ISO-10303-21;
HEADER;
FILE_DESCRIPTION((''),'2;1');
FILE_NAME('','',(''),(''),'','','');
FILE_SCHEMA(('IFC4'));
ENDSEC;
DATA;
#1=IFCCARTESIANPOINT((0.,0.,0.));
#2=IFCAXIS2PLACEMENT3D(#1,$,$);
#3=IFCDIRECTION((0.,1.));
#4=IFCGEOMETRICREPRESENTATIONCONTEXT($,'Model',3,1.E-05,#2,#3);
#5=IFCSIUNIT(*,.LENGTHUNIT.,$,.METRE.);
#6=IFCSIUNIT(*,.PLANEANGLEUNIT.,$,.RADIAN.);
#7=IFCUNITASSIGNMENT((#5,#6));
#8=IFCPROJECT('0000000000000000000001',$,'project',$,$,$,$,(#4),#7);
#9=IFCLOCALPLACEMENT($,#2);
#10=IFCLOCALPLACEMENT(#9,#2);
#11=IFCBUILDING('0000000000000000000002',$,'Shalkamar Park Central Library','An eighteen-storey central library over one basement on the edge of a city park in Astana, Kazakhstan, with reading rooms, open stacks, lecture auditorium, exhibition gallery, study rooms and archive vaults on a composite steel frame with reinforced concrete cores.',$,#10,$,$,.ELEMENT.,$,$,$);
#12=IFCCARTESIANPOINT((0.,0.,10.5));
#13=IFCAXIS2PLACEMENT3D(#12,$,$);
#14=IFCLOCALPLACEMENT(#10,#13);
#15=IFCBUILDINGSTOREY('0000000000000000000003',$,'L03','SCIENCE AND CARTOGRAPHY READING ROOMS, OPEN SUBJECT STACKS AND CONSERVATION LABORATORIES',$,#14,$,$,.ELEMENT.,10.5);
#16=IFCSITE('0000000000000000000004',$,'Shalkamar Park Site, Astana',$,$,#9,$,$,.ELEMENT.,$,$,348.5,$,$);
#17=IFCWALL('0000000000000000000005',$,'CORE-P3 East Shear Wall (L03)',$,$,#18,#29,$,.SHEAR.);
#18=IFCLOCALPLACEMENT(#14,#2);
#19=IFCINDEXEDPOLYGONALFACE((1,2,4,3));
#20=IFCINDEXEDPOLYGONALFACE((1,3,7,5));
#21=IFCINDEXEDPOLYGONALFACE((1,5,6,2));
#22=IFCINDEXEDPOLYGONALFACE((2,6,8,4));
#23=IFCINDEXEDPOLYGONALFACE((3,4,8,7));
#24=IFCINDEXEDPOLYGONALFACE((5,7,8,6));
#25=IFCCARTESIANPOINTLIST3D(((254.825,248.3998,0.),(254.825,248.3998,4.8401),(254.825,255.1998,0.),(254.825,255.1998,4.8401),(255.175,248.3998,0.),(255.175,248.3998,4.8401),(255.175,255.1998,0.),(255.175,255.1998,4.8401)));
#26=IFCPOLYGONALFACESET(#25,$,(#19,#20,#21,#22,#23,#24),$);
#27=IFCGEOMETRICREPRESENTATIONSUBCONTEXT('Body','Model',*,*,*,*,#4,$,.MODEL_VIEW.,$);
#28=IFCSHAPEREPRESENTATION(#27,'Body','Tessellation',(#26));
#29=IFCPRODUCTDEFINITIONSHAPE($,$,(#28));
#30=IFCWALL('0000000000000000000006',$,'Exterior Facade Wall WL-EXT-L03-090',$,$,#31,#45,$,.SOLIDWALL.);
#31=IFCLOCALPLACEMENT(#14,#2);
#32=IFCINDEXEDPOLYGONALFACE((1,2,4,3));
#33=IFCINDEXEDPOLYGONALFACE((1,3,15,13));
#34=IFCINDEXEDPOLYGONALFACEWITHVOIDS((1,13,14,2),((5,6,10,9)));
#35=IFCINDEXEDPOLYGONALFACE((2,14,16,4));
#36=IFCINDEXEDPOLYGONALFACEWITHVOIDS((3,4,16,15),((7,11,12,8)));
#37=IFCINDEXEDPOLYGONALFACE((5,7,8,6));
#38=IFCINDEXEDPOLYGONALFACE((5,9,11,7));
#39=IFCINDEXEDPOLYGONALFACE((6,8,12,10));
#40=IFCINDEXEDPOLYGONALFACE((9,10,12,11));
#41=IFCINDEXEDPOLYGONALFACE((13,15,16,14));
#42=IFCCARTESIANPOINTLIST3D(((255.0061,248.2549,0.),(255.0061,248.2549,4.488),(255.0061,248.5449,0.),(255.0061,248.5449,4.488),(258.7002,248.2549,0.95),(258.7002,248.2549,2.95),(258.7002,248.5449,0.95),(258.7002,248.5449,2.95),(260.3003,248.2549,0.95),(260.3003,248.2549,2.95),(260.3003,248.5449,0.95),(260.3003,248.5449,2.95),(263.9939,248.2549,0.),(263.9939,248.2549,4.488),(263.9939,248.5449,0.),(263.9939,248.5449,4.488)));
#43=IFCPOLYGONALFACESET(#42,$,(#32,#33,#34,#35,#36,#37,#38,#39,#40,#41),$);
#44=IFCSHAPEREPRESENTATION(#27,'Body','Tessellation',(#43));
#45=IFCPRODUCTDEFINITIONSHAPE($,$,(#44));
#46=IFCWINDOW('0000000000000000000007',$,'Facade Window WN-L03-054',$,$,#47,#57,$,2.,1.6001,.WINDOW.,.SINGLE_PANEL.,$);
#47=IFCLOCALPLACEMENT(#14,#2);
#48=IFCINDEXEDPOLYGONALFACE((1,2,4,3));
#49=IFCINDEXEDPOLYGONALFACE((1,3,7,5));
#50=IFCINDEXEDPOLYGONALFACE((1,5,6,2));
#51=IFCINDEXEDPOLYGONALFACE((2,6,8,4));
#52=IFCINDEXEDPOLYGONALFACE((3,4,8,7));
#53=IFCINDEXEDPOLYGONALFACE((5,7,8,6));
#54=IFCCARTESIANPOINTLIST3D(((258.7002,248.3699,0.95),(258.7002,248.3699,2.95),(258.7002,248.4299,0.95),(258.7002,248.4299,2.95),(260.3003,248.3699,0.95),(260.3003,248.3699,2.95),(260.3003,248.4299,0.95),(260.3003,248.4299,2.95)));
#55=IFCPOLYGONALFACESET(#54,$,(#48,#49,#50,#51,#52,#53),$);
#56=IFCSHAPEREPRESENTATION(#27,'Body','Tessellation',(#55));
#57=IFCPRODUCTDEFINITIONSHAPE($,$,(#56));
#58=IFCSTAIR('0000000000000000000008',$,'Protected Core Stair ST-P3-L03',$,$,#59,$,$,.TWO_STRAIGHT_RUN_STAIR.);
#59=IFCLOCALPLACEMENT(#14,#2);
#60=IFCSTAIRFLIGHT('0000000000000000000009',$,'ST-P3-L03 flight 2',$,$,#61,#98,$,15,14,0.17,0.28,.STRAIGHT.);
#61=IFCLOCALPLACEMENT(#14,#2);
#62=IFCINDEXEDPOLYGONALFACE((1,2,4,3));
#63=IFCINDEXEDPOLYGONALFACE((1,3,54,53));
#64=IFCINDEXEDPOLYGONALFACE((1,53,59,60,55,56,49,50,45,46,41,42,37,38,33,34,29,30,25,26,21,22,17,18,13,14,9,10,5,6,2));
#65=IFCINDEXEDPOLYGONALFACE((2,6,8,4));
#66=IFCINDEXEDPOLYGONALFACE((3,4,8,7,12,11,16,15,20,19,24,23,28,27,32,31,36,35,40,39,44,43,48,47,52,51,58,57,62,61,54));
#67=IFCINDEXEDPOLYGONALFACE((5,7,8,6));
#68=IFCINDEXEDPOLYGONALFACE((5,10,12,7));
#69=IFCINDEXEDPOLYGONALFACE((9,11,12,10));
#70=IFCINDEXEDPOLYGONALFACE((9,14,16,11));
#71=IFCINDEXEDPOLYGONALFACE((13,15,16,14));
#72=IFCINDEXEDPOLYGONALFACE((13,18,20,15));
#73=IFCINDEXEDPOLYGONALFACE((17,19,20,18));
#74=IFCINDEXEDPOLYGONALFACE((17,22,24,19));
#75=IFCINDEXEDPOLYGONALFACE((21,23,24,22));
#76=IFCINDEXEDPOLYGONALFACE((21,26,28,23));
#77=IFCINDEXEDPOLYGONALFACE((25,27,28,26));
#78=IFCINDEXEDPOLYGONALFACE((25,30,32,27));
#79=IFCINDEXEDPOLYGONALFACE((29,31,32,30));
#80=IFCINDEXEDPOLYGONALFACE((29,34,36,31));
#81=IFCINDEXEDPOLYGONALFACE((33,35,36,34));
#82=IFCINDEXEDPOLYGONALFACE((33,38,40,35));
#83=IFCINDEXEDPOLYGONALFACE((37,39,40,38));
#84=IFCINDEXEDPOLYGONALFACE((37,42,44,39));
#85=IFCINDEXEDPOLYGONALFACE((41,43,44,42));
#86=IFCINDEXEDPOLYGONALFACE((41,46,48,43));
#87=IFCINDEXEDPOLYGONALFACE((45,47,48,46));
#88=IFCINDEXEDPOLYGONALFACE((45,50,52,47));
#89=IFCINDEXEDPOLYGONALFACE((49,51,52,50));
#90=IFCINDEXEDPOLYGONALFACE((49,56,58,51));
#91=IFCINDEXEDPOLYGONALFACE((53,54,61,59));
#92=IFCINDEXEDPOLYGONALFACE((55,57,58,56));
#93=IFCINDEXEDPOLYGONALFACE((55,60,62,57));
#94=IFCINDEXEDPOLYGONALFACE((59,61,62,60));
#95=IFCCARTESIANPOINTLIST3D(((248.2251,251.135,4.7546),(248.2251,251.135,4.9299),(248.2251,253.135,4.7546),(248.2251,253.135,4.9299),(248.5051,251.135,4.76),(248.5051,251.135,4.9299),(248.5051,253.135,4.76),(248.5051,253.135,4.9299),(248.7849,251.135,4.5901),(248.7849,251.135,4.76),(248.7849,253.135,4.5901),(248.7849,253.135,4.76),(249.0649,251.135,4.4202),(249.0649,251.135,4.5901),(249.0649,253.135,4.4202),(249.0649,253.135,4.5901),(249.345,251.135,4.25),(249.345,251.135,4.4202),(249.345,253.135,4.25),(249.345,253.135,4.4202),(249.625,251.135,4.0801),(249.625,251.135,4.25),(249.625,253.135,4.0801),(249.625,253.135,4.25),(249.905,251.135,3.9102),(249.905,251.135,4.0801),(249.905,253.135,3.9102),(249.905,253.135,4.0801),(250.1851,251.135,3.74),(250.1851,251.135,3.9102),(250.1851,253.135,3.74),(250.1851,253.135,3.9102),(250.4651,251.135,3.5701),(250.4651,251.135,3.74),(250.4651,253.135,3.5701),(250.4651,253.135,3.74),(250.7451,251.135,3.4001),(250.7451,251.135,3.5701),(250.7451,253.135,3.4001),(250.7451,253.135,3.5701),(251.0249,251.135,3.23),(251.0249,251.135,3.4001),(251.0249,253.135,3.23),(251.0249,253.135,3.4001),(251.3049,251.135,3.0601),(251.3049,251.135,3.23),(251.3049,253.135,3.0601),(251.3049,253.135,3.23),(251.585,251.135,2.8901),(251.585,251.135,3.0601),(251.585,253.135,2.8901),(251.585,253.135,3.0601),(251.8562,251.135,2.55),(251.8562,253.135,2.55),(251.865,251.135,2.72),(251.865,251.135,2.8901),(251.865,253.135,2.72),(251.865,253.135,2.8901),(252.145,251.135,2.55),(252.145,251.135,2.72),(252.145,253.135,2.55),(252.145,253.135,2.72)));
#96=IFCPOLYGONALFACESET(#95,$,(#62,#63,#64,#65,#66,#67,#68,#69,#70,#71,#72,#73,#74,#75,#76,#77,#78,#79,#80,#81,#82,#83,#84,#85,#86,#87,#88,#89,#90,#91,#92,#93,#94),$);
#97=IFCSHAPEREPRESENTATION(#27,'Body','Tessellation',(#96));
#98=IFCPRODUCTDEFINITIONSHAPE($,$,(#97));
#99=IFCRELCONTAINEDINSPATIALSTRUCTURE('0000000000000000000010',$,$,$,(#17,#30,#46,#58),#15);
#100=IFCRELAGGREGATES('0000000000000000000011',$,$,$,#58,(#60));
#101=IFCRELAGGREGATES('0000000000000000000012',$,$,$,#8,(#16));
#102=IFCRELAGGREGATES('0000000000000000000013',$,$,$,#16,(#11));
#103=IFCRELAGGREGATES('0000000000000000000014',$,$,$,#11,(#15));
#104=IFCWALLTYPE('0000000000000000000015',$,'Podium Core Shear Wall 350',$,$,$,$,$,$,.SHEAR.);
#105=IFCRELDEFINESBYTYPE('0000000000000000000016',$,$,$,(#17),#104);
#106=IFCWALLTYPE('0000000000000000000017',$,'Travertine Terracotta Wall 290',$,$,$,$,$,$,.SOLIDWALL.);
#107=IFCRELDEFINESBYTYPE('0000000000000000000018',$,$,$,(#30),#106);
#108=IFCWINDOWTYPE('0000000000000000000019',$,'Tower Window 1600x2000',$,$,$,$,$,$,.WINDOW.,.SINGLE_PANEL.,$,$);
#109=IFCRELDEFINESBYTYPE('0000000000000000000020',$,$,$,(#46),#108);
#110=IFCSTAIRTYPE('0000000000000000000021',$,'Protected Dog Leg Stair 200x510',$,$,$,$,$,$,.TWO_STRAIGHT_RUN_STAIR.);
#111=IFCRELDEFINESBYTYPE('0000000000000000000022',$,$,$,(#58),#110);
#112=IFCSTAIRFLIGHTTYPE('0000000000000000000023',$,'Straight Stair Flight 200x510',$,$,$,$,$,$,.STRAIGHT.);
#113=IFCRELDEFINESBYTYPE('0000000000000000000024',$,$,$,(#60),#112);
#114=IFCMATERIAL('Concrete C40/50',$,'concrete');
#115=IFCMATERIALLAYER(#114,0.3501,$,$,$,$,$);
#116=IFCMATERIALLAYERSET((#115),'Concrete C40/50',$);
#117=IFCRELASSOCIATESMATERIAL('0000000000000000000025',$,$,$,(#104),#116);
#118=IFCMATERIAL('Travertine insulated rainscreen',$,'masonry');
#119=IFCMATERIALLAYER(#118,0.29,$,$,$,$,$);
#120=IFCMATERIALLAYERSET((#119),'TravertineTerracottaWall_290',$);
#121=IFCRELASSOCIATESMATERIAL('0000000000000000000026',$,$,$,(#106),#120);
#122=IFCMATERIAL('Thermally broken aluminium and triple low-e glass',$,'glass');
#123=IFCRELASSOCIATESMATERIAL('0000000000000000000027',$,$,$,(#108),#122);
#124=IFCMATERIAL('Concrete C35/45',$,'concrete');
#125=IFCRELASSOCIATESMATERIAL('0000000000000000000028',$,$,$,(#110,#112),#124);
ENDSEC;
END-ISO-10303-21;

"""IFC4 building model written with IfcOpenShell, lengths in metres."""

from ifc_helpers import new_model, si_unit, direction, frame, frame_2d, origin, place, context, subcontext, project, spatial, polyline, rectangle, outline, extrude, material, layer, layer_set, type_object, element, fill, aggregate, save


model = new_model("IFC4")

# Units and contexts
model_context = context("Model", 3, precision=1e-05, world=origin(), true_north=direction((0.0, 1.0)))
body_context = subcontext(model_context, "Body", "Model", "MODEL_VIEW")
ifc_project = project(units=[si_unit("LENGTHUNIT", "METRE"), si_unit("PLANEANGLEUNIT", "RADIAN")], contexts=[model_context])

# Site, building, storey
site_placement = place(None, origin())
site = spatial("IfcSite", under=ifc_project, at=site_placement, Name="Shalkamar Park Site, Astana", CompositionType="ELEMENT", RefElevation=348.5)
building_placement = place(site_placement, origin())
building = spatial("IfcBuilding", under=site, at=building_placement, Name="Shalkamar Park Central Library", Description="An eighteen-storey central library over one basement on the edge of a city park in Astana, Kazakhstan, with reading rooms, open stacks, lecture auditorium, exhibition gallery, study rooms and archive vaults on a composite steel frame with reinforced concrete cores.", CompositionType="ELEMENT")
storey_placement = place(building_placement, frame((0.0, 0.0, 10.5)))
storey = spatial("IfcBuildingStorey", under=building, at=storey_placement, Name="L03", Description="SCIENCE AND CARTOGRAPHY READING ROOMS, OPEN SUBJECT STACKS AND CONSERVATION LABORATORIES", CompositionType="ELEMENT", Elevation=10.5)

# Wall
ifc_material_1 = material(Name="Concrete C40/50", Category="concrete")
ifc_layer_1 = layer(ifc_material_1, 0.3501)
ifc_layer_set_1 = layer_set([ifc_layer_1], Name="Concrete C40/50")
wall_type_1 = type_object("IfcWallType", Name="Podium Core Shear Wall 350", PredefinedType="SHEAR", material=ifc_layer_set_1)
wall_1_placement = place(storey_placement, frame((255.0, 248.3999, 0.0), z_axis=(0.0, 0.0, 1.0), x_axis=(0.0, 1.0, 0.0)))
element("IfcWall", 1, at=wall_1_placement, inside=storey, type_object=wall_type_1, Name="CORE-P3 East Shear Wall (L03)", PredefinedType="SHEAR", context=body_context, shape_type="SweptSolid", body=[
    extrude(rectangle(XDim=6.8, YDim=0.3501, at=frame_2d((3.3999, 0.0))), origin(), (0.0, 0.0, 1.0), 4.8401),
])

# Wall, opening, window
ifc_material_2 = material(Name="Travertine insulated rainscreen", Category="masonry")
ifc_layer_2 = layer(ifc_material_2, 0.29)
ifc_layer_set_2 = layer_set([ifc_layer_2], Name="TravertineTerracottaWall_290")
wall_type_2 = type_object("IfcWallType", Name="Travertine Terracotta Wall 290", PredefinedType="SOLIDWALL", material=ifc_layer_set_2)
wall_2_placement = place(storey_placement, frame((255.0061, 248.3999, 0.0), z_axis=(0.0, 0.0, 1.0), x_axis=(1.0, 0.0, 0.0)))
wall_2 = element("IfcWall", 2, at=wall_2_placement, inside=storey, type_object=wall_type_2, Name="Exterior Facade Wall WL-EXT-L03-090", PredefinedType="SOLIDWALL", context=body_context, shape_type="SweptSolid", body=[
    extrude(rectangle(XDim=8.9878, YDim=0.29, at=frame_2d((4.4939, 0.0))), origin(), (0.0, 0.0, 1.0), 4.488),
])
opening_1_placement = place(wall_2_placement, frame((3.6941, 0.0, 0.95)))
opening_1 = element("IfcOpeningElement", 3, at=opening_1_placement, cuts=wall_2, PredefinedType="OPENING", context=body_context, shape_type="SweptSolid", body=[
    extrude(rectangle(XDim=1.6001, YDim=2.0, at=frame_2d((0.8, 1.0))), frame((0.0, 0.1599, 0.0), z_axis=(0.0, -1.0, 0.0), x_axis=(1.0, 0.0, 0.0)), (0.0, 0.0, 1.0), 0.3198),
])
ifc_material_3 = material(Name="Thermally broken aluminium and triple low-e glass", Category="glass")
window_type = type_object("IfcWindowType", Name="Tower Window 1600x2000", PartitioningType="SINGLE_PANEL", PredefinedType="WINDOW", material=ifc_material_3)
window_placement = place(opening_1_placement, origin())
window = element("IfcWindow", 4, at=window_placement, inside=storey, type_object=window_type, Name="Facade Window WN-L03-054", OverallHeight=2.0, OverallWidth=1.6001, PartitioningType="SINGLE_PANEL", PredefinedType="WINDOW", context=body_context, shape_type="SweptSolid", body=[
    extrude(rectangle(XDim=1.6001, YDim=2.0, at=frame_2d((0.8, 1.0))), frame((0.0, 0.03, 0.0), z_axis=(0.0, -1.0, 0.0), x_axis=(1.0, 0.0, 0.0)), (0.0, 0.0, 1.0), 0.0601),
])
fill(opening_1, window)

# Stair, stair flight
ifc_material_4 = material(Name="Concrete C35/45", Category="concrete")
stair_type = type_object("IfcStairType", Name="Protected Dog Leg Stair 200x510", PredefinedType="TWO_STRAIGHT_RUN_STAIR", material=ifc_material_4)
stair_placement = place(storey_placement, origin())
stair = element("IfcStair", 5, at=stair_placement, inside=storey, type_object=stair_type, Name="Protected Core Stair ST-P3-L03", PredefinedType="TWO_STRAIGHT_RUN_STAIR")
stair_flight_type = type_object("IfcStairFlightType", Name="Straight Stair Flight 200x510", PredefinedType="STRAIGHT", material=ifc_material_4)
stair_flight_placement = place(storey_placement, frame((252.145, 252.135, 2.55), z_axis=(0.0, 0.0, 1.0), x_axis=(-1.0, 0.0, 0.0)))
stair_flight = element("IfcStairFlight", 6, at=stair_flight_placement, type_object=stair_flight_type, Name="ST-P3-L03 flight 2", NumberOfRisers=15, NumberOfTreads=14, PredefinedType="STRAIGHT", RiserHeight=0.17, TreadLength=0.28, context=body_context, shape_type="SweptSolid", body=[
    extrude(outline(polyline([(0.0, 0.0), (0.0, 0.1699), (0.28, 0.1699), (0.28, 0.3401), (0.5601, 0.3401), (0.5601, 0.51), (0.8401, 0.51), (0.8401, 0.6799), (1.1201, 0.6799), (1.1201, 0.8501), (1.3999, 0.8501), (1.3999, 1.02), (1.6799, 1.02), (1.6799, 1.1899), (1.96, 1.1899), (1.96, 1.3601), (2.24, 1.3601), (2.24, 1.53), (2.52, 1.53), (2.52, 1.7), (2.8, 1.7), (2.8, 1.8701), (3.0801, 1.8701), (3.0801, 2.04), (3.3601, 2.04), (3.3601, 2.21), (3.6399, 2.21), (3.6399, 2.3799), (3.9199, 2.3799), (3.9199, 2.55), (3.9199, 2.2046), (0.2888, 0.0), (0.0, 0.0)])), frame((0.0, 1.0, 0.0), z_axis=(0.0, -1.0, 0.0), x_axis=(1.0, 0.0, 0.0)), (0.0, 0.0, 1.0), 2.0),
])
aggregate(stair, [stair_flight])

save(model, "model.ifc")
